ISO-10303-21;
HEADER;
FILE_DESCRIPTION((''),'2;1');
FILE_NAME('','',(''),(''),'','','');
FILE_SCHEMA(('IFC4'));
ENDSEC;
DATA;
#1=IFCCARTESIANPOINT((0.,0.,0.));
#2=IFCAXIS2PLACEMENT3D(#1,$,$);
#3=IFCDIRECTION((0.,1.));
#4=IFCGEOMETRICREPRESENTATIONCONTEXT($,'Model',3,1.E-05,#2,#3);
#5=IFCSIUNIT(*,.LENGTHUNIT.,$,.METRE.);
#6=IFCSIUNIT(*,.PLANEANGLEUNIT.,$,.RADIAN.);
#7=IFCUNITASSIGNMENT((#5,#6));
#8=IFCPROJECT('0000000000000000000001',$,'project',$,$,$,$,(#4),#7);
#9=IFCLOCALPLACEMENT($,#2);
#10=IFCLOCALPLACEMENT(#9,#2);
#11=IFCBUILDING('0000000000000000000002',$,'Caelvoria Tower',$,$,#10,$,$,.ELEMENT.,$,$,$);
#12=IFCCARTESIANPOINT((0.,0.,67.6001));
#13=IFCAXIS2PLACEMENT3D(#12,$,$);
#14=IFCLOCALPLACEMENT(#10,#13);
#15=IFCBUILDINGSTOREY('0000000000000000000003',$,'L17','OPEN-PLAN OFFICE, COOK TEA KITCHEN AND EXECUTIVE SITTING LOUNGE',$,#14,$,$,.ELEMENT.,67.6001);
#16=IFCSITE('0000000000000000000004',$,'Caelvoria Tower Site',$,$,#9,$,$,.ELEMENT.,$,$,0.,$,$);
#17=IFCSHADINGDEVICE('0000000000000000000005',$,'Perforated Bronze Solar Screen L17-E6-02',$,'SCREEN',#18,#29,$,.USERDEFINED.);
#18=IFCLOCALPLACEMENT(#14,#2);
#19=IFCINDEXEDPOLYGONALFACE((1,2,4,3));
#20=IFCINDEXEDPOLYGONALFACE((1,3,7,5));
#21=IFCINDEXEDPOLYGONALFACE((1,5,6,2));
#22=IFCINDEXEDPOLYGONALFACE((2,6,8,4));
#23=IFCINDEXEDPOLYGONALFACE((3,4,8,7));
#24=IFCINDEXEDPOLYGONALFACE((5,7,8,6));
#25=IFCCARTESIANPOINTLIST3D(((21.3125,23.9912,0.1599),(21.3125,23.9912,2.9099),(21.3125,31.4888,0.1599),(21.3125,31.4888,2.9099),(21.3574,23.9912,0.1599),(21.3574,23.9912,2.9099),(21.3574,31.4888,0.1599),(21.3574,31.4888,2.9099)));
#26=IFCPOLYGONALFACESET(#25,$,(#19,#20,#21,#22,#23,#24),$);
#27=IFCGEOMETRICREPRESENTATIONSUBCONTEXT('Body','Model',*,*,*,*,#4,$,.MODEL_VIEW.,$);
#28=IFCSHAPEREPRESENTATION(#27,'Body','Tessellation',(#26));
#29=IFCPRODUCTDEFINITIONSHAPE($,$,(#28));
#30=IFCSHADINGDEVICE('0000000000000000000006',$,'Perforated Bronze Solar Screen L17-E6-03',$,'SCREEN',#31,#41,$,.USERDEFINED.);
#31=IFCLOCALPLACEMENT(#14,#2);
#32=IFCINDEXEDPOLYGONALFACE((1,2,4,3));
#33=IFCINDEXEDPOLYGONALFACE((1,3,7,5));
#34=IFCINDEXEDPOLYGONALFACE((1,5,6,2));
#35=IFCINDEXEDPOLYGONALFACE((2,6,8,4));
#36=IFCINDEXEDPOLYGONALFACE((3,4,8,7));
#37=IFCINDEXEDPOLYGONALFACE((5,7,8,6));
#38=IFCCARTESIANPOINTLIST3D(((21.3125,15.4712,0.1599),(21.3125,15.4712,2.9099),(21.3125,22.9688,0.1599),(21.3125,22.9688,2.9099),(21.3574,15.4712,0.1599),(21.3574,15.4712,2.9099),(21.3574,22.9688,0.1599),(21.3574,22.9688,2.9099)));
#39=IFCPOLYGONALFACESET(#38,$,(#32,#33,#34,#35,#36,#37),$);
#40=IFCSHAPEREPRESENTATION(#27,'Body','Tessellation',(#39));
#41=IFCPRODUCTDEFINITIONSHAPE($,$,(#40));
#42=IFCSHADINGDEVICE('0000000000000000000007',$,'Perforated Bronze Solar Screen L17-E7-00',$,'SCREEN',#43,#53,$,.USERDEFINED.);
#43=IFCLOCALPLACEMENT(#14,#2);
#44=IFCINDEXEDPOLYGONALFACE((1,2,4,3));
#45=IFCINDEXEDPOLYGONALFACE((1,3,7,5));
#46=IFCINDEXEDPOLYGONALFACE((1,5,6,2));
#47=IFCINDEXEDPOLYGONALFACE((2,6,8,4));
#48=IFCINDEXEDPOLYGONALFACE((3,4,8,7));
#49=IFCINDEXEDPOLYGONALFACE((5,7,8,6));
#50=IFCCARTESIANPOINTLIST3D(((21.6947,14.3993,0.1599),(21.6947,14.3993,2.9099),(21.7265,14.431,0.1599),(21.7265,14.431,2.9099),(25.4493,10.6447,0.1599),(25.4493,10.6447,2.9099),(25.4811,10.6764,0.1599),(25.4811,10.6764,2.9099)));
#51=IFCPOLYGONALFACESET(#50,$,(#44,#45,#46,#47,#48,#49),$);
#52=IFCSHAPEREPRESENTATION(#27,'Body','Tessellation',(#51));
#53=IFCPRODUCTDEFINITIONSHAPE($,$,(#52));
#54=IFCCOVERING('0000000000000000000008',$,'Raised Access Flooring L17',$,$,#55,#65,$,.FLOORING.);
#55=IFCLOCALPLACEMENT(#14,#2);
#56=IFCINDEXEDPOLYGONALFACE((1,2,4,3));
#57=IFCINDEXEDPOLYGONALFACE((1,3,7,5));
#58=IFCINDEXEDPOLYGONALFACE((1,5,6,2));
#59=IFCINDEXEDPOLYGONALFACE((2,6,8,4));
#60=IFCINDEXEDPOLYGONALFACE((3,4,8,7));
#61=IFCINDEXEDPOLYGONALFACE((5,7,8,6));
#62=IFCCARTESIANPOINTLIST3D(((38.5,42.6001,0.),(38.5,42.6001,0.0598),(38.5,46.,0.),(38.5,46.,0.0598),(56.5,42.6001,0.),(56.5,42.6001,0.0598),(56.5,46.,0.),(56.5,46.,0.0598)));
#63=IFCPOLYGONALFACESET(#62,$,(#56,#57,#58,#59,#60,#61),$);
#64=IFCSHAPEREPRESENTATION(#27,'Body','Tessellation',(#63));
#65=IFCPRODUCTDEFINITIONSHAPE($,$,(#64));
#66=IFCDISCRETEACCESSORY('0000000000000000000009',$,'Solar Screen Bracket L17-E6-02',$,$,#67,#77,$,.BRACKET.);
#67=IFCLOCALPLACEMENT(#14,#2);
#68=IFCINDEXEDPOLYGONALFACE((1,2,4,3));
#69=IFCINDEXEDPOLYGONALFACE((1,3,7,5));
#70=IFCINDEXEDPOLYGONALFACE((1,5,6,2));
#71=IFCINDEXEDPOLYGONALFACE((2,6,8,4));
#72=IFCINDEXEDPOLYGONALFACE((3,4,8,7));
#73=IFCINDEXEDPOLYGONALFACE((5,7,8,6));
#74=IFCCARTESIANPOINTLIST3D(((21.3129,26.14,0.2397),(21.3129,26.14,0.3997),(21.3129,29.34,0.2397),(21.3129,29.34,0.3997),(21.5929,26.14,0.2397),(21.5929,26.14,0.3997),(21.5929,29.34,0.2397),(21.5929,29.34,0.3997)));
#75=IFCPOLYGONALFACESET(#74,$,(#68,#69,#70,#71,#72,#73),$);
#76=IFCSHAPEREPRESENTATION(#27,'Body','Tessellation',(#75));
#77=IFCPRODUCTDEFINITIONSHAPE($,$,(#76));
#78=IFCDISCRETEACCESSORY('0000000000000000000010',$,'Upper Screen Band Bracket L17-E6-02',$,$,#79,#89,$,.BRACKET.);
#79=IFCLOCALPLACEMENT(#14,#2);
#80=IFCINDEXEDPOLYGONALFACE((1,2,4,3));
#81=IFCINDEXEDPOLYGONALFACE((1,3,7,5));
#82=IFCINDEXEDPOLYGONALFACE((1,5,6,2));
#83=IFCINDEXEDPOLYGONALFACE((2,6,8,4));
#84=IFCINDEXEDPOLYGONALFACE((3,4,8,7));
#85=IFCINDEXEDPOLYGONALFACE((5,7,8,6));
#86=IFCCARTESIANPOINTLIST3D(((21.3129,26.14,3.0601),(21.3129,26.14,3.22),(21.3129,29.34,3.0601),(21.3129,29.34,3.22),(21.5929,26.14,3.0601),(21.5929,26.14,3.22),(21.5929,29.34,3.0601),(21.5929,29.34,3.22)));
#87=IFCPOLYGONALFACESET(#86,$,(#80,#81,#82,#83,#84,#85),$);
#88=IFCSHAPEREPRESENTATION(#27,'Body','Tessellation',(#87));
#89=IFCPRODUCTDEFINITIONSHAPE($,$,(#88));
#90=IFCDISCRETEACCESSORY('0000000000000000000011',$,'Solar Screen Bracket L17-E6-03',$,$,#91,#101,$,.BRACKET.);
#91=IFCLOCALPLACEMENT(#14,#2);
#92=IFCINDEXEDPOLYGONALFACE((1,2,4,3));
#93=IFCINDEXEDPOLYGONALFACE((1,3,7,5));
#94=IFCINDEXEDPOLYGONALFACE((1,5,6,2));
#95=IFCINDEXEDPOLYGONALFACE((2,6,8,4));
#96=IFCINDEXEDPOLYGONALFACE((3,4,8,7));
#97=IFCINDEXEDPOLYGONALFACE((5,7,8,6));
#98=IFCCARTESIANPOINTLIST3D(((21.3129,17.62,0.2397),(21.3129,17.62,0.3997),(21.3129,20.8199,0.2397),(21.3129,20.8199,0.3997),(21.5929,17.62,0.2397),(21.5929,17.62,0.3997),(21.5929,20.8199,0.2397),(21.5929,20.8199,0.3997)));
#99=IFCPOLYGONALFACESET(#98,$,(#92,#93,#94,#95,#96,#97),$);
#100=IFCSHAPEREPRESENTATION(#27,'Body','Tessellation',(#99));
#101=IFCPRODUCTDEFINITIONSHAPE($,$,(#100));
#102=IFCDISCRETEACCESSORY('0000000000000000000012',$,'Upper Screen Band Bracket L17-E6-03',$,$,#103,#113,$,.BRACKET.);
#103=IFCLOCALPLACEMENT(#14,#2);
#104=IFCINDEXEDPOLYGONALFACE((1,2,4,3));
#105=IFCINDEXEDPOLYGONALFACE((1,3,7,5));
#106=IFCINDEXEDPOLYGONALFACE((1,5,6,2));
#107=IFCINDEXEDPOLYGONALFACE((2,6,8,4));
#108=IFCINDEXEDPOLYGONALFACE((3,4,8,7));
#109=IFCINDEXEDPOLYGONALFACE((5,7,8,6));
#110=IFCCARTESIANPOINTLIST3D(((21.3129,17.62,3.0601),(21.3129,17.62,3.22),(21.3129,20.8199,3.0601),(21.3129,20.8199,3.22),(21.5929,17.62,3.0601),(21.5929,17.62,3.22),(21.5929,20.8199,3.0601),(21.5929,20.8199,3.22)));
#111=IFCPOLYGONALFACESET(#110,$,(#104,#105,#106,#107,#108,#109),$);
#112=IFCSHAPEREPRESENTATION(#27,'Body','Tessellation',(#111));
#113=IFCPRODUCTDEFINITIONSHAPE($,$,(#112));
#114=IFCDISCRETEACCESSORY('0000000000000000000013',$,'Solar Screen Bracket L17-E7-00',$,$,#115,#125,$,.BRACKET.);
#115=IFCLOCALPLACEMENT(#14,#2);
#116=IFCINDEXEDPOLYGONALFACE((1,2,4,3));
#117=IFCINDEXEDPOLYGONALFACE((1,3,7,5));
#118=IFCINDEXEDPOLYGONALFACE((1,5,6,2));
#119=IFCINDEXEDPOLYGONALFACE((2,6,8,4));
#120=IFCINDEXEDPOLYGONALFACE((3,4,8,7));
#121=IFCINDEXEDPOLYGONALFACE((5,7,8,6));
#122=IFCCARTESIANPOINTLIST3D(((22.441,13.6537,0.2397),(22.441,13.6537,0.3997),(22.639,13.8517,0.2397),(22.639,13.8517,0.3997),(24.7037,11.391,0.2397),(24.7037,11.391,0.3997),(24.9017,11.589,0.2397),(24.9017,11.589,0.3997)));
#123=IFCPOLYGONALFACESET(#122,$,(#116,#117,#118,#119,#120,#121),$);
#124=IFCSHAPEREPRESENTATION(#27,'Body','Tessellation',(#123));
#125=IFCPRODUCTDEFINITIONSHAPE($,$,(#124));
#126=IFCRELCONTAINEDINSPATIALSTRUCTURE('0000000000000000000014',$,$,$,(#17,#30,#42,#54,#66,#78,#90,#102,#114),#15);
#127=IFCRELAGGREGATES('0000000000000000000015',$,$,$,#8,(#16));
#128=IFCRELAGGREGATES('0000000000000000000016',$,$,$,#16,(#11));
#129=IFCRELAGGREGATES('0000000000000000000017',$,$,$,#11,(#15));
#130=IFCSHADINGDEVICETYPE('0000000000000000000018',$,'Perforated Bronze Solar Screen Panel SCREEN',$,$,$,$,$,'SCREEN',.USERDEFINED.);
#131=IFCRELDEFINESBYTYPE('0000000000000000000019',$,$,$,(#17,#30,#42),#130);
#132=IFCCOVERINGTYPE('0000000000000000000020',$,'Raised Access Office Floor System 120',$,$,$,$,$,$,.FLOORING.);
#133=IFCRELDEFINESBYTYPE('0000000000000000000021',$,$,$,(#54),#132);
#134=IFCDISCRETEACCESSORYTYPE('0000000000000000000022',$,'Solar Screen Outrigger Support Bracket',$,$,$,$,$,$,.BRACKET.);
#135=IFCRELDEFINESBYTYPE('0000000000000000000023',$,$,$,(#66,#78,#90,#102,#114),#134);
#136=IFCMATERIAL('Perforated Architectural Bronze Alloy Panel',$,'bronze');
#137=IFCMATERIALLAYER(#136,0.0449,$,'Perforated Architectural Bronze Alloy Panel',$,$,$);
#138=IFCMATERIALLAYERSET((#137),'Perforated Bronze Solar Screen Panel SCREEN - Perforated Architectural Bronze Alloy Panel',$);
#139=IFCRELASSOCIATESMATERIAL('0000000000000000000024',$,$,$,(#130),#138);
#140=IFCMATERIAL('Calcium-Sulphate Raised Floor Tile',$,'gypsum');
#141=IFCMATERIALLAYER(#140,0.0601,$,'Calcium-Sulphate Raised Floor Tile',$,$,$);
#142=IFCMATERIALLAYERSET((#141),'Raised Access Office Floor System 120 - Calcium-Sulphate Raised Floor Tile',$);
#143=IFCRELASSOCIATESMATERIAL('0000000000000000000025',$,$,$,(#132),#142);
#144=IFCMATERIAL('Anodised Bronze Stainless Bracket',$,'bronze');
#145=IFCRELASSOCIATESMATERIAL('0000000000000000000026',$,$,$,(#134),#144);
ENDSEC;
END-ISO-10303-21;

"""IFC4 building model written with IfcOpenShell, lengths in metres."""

from ifc_helpers import new_model, si_unit, direction, frame, origin, origin_2d, place, context, subcontext, project, spatial, polyline, rectangle, outline, extrude, material, layer, layer_set, type_object, element, save


model = new_model("IFC4")

# Units and contexts
model_context = context("Model", 3, precision=1e-05, world=origin(), true_north=direction((0.0, 1.0)))
body_context = subcontext(model_context, "Body", "Model", "MODEL_VIEW")
ifc_project = project(units=[si_unit("LENGTHUNIT", "METRE"), si_unit("PLANEANGLEUNIT", "RADIAN")], contexts=[model_context])

# Site, building, storey
site_placement = place(None, origin())
site = spatial("IfcSite", under=ifc_project, at=site_placement, Name="Caelvoria Tower Site", CompositionType="ELEMENT", RefElevation=0.0)
building_placement = place(site_placement, origin())
building = spatial("IfcBuilding", under=site, at=building_placement, Name="Caelvoria Tower", CompositionType="ELEMENT")
storey_placement = place(building_placement, frame((0.0, 0.0, 67.6001)))
storey = spatial("IfcBuildingStorey", under=building, at=storey_placement, Name="L17", Description="OPEN-PLAN OFFICE, COOK TEA KITCHEN AND EXECUTIVE SITTING LOUNGE", CompositionType="ELEMENT", Elevation=67.6001)

# Shading devices
ifc_material_1 = material(Name="Perforated Architectural Bronze Alloy Panel", Category="bronze")
ifc_layer_1 = layer(ifc_material_1, 0.0449, Name="Perforated Architectural Bronze Alloy Panel")
ifc_layer_set_1 = layer_set([ifc_layer_1], Name="Perforated Bronze Solar Screen Panel SCREEN - Perforated Architectural Bronze Alloy Panel")
shading_device_type = type_object("IfcShadingDeviceType", Name="Perforated Bronze Solar Screen Panel SCREEN", ElementType="SCREEN", PredefinedType="USERDEFINED", material=ifc_layer_set_1)
for number, where, z_axis, x_axis, name in (
    (1, (21.335, 27.74, 0.1599), (0.0, 0.0, 1.0), (0.0, -1.0, 0.0), "Perforated Bronze Solar Screen L17-E6-02"),
    (2, (21.335, 19.22, 0.1599), (0.0, 0.0, 1.0), (0.0, -1.0, 0.0), "Perforated Bronze Solar Screen L17-E6-03"),
):
    element("IfcShadingDevice", number, at=place(storey_placement, frame(where, z_axis=z_axis, x_axis=x_axis)), inside=storey, type_object=shading_device_type, Name=name, ObjectType="SCREEN", PredefinedType="USERDEFINED", context=body_context, shape_type="SweptSolid", body=[
        extrude(rectangle(XDim=7.4976, YDim=0.0449, at=origin_2d()), origin(), (0.0, 0.0, 1.0), 2.75),
    ])
shading_device_placement = place(storey_placement, frame((23.5879, 12.5378, 0.1599), z_axis=(0.0, 0.0, 1.0), x_axis=(0.707107, -0.707107, 0.0)))
element("IfcShadingDevice", 3, at=shading_device_placement, inside=storey, type_object=shading_device_type, Name="Perforated Bronze Solar Screen L17-E7-00", ObjectType="SCREEN", PredefinedType="USERDEFINED", context=body_context, shape_type="SweptSolid", body=[
    extrude(rectangle(XDim=5.3098, YDim=0.0449, at=origin_2d()), origin(), (0.0, 0.0, 1.0), 2.75),
])

# Covering
ifc_material_2 = material(Name="Calcium-Sulphate Raised Floor Tile", Category="gypsum")
ifc_layer_2 = layer(ifc_material_2, 0.0601, Name="Calcium-Sulphate Raised Floor Tile")
ifc_layer_set_2 = layer_set([ifc_layer_2], Name="Raised Access Office Floor System 120 - Calcium-Sulphate Raised Floor Tile")
covering_type_1 = type_object("IfcCoveringType", Name="Raised Access Office Floor System 120", PredefinedType="FLOORING", material=ifc_layer_set_2)
covering_1_placement = place(storey_placement, origin())
element("IfcCovering", 4, at=covering_1_placement, inside=storey, type_object=covering_type_1, Name="Raised Access Flooring L17", PredefinedType="FLOORING", context=body_context, shape_type="SweptSolid", body=[
    extrude(outline(polyline([(38.5, 42.6001), (56.5, 42.6001), (56.5, 46.0), (38.5, 46.0), (38.5, 42.6001)])), origin(), (0.0, 0.0, 1.0), 0.0598),
])

# Discrete accessories
ifc_material_3 = material(Name="Anodised Bronze Stainless Bracket", Category="bronze")
discrete_accessory_type = type_object("IfcDiscreteAccessoryType", Name="Solar Screen Outrigger Support Bracket", PredefinedType="BRACKET", material=ifc_material_3)
for number, where, z_axis, x_axis, name in (
    (5, (21.4529, 27.74, 0.2397), (0.0, 0.0, 1.0), (0.0, -1.0, 0.0), "Solar Screen Bracket L17-E6-02"),
    (6, (21.4529, 27.74, 3.0601), (0.0, 0.0, 1.0), (0.0, -1.0, 0.0), "Upper Screen Band Bracket L17-E6-02"),
    (7, (21.4529, 19.22, 0.2397), (0.0, 0.0, 1.0), (0.0, -1.0, 0.0), "Solar Screen Bracket L17-E6-03"),
    (8, (21.4529, 19.22, 3.0601), (0.0, 0.0, 1.0), (0.0, -1.0, 0.0), "Upper Screen Band Bracket L17-E6-03"),
    (9, (23.6714, 12.6213, 0.2397), (0.0, 0.0, 1.0), (0.707107, -0.707107, 0.0), "Solar Screen Bracket L17-E7-00"),
):
    element("IfcDiscreteAccessory", number, at=place(storey_placement, frame(where, z_axis=z_axis, x_axis=x_axis)), inside=storey, type_object=discrete_accessory_type, Name=name, PredefinedType="BRACKET", context=body_context, shape_type="SweptSolid", body=[
        extrude(rectangle(XDim=3.2, YDim=0.28, at=origin_2d()), origin(), (0.0, 0.0, 1.0), 0.1599),
    ])

save(model, "model.ifc")
